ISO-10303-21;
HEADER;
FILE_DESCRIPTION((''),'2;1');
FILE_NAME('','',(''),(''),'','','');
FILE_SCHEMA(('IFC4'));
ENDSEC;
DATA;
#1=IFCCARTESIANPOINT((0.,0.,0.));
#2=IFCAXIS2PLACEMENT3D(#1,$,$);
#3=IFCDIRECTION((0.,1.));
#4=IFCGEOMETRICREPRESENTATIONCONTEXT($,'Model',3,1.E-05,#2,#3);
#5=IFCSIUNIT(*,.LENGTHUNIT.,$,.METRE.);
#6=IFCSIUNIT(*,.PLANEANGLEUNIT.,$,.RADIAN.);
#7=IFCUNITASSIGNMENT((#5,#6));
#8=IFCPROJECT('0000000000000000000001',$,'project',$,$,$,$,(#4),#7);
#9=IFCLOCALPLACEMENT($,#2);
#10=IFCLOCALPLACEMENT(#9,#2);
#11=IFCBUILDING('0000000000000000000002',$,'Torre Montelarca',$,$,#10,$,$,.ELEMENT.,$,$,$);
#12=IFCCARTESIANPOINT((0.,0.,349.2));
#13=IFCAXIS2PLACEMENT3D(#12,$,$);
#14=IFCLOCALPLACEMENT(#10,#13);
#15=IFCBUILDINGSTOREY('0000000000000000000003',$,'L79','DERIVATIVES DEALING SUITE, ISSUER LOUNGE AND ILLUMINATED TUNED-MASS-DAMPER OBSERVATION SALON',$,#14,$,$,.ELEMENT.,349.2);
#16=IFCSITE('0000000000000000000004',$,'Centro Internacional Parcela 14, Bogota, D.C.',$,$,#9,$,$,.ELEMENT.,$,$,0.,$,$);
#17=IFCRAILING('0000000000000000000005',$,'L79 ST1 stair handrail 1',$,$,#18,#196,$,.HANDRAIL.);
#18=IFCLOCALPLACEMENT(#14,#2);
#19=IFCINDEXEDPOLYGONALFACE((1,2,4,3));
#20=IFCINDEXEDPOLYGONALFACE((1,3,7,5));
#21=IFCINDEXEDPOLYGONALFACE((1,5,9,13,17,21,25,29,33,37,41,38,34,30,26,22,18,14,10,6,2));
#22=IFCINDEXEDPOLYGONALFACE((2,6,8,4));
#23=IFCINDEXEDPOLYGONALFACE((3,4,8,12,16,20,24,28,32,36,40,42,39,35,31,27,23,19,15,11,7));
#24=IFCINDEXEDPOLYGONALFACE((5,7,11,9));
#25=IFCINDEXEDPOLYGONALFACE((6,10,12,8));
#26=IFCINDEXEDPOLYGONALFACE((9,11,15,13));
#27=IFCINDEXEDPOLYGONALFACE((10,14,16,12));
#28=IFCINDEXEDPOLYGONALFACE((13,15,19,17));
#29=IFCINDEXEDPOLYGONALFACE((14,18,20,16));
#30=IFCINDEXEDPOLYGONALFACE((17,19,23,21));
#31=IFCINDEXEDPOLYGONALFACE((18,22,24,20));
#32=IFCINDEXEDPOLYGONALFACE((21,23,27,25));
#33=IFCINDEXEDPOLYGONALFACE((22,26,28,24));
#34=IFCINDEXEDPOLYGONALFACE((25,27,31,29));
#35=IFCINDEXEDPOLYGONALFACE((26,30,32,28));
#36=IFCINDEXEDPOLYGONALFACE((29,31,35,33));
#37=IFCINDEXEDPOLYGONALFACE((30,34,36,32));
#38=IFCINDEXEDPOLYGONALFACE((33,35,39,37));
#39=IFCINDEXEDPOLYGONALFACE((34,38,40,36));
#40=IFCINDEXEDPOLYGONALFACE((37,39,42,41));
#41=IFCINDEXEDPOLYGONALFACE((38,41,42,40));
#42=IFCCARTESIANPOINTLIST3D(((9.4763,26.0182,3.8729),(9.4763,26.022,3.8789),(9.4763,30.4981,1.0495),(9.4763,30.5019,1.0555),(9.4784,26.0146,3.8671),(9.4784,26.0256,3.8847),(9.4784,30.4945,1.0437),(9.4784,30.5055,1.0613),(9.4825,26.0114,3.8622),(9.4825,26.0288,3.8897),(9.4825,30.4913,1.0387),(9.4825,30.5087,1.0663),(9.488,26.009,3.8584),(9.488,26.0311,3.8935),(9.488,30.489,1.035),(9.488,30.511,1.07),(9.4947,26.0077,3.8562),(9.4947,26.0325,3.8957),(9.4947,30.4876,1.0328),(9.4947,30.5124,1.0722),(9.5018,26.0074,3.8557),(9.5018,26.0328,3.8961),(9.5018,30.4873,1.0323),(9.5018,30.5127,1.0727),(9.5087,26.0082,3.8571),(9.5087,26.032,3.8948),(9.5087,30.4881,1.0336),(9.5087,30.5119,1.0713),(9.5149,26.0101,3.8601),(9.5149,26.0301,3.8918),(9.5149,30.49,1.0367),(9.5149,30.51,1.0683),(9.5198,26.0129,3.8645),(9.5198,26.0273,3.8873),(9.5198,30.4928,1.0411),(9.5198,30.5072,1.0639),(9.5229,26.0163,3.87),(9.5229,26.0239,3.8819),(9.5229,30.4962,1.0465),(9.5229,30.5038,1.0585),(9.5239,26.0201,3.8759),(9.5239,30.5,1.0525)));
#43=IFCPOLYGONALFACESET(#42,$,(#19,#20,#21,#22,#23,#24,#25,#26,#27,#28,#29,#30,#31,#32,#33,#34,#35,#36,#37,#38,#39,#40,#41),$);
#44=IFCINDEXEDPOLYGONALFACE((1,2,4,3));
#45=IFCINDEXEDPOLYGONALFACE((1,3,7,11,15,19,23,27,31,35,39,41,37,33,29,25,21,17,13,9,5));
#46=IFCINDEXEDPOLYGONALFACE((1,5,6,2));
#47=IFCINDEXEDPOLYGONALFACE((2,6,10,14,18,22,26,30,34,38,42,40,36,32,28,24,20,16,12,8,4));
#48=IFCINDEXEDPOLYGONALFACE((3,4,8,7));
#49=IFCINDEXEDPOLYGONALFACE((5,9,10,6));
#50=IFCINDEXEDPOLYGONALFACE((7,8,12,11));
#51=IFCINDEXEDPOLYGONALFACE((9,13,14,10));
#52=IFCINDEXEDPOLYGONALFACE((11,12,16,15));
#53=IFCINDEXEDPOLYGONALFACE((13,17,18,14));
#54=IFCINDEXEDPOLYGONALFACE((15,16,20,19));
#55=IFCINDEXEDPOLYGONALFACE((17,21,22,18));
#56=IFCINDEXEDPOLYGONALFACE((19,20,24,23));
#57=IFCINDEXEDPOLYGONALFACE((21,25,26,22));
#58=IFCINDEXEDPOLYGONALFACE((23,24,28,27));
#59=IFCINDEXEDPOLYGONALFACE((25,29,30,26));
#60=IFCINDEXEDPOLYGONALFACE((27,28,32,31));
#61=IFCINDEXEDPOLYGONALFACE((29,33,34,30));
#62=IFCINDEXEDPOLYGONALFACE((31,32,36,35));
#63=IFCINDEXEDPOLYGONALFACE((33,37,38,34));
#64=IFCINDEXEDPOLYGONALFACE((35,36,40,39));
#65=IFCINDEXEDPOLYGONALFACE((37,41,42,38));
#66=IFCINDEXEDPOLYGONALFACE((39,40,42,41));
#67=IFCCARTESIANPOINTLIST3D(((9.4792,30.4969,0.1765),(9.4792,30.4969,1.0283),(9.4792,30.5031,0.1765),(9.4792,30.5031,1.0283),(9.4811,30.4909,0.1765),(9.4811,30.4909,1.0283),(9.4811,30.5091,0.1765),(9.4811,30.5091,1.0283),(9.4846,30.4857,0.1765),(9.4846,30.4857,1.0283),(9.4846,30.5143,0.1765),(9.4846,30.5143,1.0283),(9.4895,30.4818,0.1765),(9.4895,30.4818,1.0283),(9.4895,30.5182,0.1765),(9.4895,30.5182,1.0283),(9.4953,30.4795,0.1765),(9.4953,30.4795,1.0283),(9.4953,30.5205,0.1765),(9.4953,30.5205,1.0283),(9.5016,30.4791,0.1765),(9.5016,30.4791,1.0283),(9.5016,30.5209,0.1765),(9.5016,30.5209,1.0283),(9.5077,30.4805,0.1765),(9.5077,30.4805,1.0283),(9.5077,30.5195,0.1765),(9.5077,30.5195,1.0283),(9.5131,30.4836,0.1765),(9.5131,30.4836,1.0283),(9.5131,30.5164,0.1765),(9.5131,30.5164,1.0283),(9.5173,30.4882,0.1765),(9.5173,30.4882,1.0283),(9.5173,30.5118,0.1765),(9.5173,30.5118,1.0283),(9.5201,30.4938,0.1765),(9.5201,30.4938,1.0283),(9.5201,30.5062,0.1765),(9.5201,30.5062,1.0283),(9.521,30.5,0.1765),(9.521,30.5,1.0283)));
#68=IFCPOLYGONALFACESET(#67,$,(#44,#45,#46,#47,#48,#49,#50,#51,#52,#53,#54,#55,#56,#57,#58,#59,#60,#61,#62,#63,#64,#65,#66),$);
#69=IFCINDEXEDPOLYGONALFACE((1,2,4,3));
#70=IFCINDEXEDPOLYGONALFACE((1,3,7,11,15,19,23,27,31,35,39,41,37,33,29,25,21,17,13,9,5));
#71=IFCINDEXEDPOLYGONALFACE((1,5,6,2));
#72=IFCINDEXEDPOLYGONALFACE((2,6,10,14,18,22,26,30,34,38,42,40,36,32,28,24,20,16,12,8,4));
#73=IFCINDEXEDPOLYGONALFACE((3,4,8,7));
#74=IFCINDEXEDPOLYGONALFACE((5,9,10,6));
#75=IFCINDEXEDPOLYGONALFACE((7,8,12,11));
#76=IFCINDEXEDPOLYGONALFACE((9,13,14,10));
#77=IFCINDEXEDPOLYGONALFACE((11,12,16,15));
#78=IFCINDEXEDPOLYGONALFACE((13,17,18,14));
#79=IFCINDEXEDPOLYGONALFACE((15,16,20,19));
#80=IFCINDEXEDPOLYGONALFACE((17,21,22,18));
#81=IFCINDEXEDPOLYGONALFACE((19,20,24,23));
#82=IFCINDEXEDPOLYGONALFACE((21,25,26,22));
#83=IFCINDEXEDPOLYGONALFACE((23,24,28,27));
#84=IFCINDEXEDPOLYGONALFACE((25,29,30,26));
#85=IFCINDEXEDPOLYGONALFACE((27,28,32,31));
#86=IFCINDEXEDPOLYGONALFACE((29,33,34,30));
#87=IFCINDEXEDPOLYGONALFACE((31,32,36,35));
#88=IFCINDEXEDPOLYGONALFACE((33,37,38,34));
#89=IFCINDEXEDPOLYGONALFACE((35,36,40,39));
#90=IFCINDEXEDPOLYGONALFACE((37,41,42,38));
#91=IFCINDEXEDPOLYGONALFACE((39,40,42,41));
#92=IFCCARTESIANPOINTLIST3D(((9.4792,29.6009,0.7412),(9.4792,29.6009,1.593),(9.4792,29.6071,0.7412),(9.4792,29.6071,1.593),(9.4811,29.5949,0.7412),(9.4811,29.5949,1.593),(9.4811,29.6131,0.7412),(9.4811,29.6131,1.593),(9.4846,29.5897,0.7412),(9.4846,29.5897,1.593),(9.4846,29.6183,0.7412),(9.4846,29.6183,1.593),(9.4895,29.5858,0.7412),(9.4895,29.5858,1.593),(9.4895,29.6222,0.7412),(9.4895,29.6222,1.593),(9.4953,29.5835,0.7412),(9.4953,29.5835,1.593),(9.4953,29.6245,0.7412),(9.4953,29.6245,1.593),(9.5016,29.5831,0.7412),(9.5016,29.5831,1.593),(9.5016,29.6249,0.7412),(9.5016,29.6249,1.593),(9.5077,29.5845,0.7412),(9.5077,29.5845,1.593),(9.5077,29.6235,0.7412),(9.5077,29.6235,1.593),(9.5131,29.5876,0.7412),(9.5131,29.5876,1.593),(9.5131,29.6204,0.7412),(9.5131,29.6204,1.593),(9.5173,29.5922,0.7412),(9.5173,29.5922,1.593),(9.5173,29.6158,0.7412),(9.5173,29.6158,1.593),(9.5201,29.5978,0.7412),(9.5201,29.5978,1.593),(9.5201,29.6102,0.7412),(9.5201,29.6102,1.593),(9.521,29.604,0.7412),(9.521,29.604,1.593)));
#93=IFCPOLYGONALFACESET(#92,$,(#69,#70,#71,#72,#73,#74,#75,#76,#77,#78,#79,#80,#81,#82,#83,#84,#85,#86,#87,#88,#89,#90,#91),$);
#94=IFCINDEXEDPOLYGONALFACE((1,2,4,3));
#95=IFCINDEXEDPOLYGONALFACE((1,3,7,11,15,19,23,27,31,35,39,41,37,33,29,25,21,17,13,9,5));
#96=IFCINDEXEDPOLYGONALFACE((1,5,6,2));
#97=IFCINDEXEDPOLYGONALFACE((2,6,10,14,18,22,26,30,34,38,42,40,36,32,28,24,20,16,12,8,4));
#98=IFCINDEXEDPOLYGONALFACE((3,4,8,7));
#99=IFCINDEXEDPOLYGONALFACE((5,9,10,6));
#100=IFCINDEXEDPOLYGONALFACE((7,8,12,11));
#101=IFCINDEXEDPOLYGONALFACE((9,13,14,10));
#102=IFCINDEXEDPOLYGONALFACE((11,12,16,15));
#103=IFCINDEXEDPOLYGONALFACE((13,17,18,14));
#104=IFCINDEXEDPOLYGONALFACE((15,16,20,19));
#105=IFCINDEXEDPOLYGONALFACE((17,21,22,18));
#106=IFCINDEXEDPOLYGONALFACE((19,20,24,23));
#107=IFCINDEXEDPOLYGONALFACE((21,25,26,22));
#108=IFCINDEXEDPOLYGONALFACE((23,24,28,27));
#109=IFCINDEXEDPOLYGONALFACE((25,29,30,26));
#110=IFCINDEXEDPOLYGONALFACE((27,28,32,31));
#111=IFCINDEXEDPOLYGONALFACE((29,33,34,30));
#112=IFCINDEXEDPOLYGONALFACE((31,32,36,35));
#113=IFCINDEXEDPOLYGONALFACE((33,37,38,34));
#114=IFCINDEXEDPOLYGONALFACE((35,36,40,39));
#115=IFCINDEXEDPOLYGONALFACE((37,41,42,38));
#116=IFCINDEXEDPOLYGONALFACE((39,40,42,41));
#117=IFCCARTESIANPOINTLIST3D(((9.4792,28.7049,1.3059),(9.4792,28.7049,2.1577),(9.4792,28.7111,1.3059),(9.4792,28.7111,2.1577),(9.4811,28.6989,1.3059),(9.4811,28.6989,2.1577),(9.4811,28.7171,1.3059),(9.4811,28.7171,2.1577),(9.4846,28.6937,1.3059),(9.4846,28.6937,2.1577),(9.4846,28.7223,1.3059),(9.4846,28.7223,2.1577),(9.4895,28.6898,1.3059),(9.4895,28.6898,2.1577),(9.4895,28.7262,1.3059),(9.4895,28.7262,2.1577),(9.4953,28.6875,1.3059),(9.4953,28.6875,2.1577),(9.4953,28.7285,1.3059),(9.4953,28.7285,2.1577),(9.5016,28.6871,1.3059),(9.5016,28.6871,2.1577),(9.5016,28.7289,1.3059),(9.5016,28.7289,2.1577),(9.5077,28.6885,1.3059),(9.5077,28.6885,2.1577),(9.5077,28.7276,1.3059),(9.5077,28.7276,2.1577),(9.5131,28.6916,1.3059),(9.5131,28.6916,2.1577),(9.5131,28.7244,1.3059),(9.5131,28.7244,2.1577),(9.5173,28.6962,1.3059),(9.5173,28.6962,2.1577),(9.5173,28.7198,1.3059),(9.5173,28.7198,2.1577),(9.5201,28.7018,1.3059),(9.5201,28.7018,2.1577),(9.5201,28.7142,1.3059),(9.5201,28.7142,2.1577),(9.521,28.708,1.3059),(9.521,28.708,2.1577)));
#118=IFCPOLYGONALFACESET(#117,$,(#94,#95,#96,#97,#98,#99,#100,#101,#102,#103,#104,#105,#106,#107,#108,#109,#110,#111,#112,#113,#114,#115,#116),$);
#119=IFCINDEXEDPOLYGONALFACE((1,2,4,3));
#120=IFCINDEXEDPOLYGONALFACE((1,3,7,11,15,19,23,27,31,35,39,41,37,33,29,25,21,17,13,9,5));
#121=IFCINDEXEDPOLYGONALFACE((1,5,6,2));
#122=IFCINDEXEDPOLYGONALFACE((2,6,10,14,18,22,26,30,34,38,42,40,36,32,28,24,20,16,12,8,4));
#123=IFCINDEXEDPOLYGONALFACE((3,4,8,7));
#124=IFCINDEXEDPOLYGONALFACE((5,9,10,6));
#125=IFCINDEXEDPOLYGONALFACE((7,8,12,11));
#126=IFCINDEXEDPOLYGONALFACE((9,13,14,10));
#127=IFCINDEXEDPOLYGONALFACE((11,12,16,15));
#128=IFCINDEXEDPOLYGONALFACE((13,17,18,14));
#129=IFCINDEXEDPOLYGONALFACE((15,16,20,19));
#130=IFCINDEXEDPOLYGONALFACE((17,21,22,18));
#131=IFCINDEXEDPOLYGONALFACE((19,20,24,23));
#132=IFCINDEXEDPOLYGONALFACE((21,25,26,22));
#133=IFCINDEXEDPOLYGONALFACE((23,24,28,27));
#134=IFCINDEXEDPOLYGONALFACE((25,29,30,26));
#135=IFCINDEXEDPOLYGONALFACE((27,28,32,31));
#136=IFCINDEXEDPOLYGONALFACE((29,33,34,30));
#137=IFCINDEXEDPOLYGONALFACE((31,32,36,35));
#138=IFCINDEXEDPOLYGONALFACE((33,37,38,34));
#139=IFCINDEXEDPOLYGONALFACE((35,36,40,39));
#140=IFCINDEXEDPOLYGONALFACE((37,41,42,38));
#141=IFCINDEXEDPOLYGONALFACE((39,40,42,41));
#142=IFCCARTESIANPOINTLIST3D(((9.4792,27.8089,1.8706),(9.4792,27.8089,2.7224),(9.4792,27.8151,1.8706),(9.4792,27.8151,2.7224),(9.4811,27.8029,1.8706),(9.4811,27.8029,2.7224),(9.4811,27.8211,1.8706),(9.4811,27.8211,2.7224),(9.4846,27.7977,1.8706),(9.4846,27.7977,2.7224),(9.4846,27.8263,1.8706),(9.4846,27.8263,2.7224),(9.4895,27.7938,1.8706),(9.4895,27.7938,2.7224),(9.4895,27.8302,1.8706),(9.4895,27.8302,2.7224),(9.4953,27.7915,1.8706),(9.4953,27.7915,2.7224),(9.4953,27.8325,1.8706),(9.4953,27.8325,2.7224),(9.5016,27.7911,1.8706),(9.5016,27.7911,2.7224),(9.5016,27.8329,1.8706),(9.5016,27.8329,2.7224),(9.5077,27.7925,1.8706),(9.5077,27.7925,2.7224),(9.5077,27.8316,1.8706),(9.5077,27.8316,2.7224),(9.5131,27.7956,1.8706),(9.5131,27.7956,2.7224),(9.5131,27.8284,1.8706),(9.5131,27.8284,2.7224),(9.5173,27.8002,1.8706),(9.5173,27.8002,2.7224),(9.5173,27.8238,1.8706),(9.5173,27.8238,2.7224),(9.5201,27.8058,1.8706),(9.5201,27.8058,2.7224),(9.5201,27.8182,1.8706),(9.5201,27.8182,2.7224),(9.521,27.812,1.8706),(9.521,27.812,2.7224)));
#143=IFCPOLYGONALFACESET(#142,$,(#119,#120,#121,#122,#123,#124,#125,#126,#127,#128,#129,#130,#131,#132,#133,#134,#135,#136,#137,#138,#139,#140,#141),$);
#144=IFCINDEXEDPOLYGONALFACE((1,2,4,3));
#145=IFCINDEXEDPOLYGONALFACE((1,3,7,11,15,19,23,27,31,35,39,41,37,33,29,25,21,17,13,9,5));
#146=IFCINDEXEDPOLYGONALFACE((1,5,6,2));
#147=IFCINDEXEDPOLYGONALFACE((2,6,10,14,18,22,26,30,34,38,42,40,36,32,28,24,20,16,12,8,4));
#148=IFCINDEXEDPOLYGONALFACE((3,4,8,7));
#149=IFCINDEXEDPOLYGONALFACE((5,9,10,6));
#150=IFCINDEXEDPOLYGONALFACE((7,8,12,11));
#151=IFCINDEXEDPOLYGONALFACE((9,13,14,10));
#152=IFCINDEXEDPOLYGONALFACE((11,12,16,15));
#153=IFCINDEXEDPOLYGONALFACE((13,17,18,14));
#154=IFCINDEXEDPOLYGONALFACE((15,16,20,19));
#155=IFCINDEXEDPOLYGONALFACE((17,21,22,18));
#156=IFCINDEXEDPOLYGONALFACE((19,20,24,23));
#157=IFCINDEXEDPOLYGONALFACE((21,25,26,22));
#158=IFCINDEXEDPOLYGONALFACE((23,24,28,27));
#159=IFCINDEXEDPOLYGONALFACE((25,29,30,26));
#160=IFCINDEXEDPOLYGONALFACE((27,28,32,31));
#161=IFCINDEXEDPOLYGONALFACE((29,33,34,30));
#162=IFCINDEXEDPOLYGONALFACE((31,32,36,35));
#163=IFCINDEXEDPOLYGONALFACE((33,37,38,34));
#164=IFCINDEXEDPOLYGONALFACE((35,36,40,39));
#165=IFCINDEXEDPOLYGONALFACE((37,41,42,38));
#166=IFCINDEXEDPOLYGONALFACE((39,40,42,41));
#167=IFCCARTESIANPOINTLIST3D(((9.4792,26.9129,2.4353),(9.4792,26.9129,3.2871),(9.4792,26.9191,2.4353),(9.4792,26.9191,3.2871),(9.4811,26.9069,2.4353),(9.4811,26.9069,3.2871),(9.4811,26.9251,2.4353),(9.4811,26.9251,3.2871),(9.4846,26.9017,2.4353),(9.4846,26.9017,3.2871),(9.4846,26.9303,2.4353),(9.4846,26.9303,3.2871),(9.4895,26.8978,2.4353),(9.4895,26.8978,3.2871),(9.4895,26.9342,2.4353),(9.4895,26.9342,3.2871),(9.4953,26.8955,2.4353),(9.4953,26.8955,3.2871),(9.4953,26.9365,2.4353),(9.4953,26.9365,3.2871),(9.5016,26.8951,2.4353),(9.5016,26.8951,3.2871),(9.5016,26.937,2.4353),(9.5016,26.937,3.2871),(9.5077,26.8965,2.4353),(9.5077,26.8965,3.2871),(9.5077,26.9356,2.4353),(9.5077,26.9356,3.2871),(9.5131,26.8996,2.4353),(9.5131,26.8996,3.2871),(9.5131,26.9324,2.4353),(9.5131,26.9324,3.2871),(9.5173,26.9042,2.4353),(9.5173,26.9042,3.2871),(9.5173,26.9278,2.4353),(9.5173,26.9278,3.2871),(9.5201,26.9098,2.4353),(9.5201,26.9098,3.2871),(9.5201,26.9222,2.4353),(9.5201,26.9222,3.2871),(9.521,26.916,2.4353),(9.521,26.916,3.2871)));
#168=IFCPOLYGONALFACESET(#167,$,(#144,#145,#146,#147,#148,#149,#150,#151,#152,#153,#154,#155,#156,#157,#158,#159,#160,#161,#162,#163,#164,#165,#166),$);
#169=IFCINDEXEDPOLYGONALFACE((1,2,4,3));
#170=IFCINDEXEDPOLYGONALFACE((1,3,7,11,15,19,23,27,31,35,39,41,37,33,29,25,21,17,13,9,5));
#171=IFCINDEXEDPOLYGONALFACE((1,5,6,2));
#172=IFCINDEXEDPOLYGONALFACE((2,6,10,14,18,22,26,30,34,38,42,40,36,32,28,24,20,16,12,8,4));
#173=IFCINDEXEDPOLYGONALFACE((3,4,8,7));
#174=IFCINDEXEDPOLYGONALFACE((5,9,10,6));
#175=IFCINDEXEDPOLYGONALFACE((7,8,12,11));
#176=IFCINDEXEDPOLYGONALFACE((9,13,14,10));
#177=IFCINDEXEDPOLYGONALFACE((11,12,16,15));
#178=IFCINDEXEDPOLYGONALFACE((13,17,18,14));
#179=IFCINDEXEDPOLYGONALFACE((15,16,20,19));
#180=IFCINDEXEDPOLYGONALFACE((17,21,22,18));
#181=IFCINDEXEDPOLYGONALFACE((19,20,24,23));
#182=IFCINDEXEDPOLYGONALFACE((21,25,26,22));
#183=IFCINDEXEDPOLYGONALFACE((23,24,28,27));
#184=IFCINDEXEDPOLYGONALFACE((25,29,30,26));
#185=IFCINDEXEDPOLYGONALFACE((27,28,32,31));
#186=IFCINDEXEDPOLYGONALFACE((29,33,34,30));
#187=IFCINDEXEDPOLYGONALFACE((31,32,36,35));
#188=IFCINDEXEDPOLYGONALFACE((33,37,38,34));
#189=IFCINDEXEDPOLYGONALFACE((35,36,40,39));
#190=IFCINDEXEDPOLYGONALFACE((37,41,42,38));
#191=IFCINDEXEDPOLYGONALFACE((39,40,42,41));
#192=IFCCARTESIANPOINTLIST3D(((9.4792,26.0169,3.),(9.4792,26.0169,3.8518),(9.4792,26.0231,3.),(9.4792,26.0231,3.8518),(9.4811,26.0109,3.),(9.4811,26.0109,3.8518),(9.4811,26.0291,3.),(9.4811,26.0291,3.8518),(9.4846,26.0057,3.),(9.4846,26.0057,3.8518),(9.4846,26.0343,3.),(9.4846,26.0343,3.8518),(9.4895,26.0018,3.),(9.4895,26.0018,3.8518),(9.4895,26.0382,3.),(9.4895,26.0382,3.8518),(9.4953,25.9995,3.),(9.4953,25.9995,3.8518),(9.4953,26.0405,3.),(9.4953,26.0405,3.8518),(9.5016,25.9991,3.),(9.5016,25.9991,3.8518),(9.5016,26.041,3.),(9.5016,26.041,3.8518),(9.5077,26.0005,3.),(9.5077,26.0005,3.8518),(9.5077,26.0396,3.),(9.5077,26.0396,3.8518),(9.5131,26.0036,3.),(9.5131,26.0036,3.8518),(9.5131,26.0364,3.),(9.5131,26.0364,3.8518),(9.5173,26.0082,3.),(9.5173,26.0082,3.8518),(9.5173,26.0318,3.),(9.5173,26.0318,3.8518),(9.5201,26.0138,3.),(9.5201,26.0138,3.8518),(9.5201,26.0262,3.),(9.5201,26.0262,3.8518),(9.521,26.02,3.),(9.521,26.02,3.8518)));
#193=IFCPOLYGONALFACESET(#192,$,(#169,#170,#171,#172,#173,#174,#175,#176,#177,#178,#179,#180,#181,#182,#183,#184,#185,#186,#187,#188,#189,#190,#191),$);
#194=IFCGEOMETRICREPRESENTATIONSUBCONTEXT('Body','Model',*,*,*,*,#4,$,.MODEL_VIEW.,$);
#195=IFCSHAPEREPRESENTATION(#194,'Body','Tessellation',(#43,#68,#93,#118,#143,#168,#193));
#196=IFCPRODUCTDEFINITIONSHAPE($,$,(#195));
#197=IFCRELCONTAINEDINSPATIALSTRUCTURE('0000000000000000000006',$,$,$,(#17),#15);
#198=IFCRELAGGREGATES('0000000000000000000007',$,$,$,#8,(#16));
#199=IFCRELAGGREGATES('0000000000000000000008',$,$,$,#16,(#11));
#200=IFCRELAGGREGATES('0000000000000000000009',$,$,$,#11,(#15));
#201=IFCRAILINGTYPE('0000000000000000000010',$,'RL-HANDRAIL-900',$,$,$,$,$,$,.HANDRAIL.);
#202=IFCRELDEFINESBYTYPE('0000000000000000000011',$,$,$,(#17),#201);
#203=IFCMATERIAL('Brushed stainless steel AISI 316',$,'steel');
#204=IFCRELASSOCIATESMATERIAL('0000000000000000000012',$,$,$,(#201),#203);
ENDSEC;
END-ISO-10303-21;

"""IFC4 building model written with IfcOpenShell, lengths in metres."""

from ifc_helpers import new_model, si_unit, direction, frame, origin, origin_2d, place, context, subcontext, project, spatial, circle, extrude, material, type_object, element, save


model = new_model("IFC4")

# Units and contexts
model_context = context("Model", 3, precision=1e-05, world=origin(), true_north=direction((0.0, 1.0)))
body_context = subcontext(model_context, "Body", "Model", "MODEL_VIEW")
ifc_project = project(units=[si_unit("LENGTHUNIT", "METRE"), si_unit("PLANEANGLEUNIT", "RADIAN")], contexts=[model_context])

# Site, building, storey
site_placement = place(None, origin())
site = spatial("IfcSite", under=ifc_project, at=site_placement, Name="Centro Internacional Parcela 14, Bogota, D.C.", CompositionType="ELEMENT", RefElevation=0.0)
building_placement = place(site_placement, origin())
building = spatial("IfcBuilding", under=site, at=building_placement, Name="Torre Montelarca", CompositionType="ELEMENT")
storey_placement = place(building_placement, frame((0.0, 0.0, 349.2)))
storey = spatial("IfcBuildingStorey", under=building, at=storey_placement, Name="L79", Description="DERIVATIVES DEALING SUITE, ISSUER LOUNGE AND ILLUMINATED TUNED-MASS-DAMPER OBSERVATION SALON", CompositionType="ELEMENT", Elevation=349.2)

# Railing
ifc_material_1 = material(Name="Brushed stainless steel AISI 316", Category="steel")
railing_type_1 = type_object("IfcRailingType", Name="RL-HANDRAIL-900", PredefinedType="HANDRAIL", material=ifc_material_1)
railing_1_placement = place(storey_placement, frame((9.5, 30.5, 0.1765)))
element("IfcRailing", 1, at=railing_1_placement, inside=storey, type_object=railing_type_1, Name="L79 ST1 stair handrail 1", PredefinedType="HANDRAIL", context=body_context, shape_type="SweptSolid", body=[
    extrude(circle(Radius=0.0239, at=origin_2d()), frame((0.0, 0.0, 0.876), z_axis=(0.0, -0.845998, 0.533186), x_axis=(1.0, 0.0, 0.0)), (0.0, 0.0, 1.0), 5.2954),
    extrude(circle(Radius=0.021, at=origin_2d()), origin(), (0.0, 0.0, 1.0), 0.8518),
    extrude(circle(Radius=0.021, at=origin_2d()), frame((0.0, -0.896, 0.5647)), (0.0, 0.0, 1.0), 0.8518),
    extrude(circle(Radius=0.021, at=origin_2d()), frame((0.0, -1.792, 1.1294)), (0.0, 0.0, 1.0), 0.8518),
    extrude(circle(Radius=0.021, at=origin_2d()), frame((0.0, -2.688, 1.6941)), (0.0, 0.0, 1.0), 0.8518),
    extrude(circle(Radius=0.021, at=origin_2d()), frame((0.0, -3.584, 2.2588)), (0.0, 0.0, 1.0), 0.8518),
    extrude(circle(Radius=0.021, at=origin_2d()), frame((0.0, -4.48, 2.8235)), (0.0, 0.0, 1.0), 0.8518),
])

save(model, "model.ifc")
